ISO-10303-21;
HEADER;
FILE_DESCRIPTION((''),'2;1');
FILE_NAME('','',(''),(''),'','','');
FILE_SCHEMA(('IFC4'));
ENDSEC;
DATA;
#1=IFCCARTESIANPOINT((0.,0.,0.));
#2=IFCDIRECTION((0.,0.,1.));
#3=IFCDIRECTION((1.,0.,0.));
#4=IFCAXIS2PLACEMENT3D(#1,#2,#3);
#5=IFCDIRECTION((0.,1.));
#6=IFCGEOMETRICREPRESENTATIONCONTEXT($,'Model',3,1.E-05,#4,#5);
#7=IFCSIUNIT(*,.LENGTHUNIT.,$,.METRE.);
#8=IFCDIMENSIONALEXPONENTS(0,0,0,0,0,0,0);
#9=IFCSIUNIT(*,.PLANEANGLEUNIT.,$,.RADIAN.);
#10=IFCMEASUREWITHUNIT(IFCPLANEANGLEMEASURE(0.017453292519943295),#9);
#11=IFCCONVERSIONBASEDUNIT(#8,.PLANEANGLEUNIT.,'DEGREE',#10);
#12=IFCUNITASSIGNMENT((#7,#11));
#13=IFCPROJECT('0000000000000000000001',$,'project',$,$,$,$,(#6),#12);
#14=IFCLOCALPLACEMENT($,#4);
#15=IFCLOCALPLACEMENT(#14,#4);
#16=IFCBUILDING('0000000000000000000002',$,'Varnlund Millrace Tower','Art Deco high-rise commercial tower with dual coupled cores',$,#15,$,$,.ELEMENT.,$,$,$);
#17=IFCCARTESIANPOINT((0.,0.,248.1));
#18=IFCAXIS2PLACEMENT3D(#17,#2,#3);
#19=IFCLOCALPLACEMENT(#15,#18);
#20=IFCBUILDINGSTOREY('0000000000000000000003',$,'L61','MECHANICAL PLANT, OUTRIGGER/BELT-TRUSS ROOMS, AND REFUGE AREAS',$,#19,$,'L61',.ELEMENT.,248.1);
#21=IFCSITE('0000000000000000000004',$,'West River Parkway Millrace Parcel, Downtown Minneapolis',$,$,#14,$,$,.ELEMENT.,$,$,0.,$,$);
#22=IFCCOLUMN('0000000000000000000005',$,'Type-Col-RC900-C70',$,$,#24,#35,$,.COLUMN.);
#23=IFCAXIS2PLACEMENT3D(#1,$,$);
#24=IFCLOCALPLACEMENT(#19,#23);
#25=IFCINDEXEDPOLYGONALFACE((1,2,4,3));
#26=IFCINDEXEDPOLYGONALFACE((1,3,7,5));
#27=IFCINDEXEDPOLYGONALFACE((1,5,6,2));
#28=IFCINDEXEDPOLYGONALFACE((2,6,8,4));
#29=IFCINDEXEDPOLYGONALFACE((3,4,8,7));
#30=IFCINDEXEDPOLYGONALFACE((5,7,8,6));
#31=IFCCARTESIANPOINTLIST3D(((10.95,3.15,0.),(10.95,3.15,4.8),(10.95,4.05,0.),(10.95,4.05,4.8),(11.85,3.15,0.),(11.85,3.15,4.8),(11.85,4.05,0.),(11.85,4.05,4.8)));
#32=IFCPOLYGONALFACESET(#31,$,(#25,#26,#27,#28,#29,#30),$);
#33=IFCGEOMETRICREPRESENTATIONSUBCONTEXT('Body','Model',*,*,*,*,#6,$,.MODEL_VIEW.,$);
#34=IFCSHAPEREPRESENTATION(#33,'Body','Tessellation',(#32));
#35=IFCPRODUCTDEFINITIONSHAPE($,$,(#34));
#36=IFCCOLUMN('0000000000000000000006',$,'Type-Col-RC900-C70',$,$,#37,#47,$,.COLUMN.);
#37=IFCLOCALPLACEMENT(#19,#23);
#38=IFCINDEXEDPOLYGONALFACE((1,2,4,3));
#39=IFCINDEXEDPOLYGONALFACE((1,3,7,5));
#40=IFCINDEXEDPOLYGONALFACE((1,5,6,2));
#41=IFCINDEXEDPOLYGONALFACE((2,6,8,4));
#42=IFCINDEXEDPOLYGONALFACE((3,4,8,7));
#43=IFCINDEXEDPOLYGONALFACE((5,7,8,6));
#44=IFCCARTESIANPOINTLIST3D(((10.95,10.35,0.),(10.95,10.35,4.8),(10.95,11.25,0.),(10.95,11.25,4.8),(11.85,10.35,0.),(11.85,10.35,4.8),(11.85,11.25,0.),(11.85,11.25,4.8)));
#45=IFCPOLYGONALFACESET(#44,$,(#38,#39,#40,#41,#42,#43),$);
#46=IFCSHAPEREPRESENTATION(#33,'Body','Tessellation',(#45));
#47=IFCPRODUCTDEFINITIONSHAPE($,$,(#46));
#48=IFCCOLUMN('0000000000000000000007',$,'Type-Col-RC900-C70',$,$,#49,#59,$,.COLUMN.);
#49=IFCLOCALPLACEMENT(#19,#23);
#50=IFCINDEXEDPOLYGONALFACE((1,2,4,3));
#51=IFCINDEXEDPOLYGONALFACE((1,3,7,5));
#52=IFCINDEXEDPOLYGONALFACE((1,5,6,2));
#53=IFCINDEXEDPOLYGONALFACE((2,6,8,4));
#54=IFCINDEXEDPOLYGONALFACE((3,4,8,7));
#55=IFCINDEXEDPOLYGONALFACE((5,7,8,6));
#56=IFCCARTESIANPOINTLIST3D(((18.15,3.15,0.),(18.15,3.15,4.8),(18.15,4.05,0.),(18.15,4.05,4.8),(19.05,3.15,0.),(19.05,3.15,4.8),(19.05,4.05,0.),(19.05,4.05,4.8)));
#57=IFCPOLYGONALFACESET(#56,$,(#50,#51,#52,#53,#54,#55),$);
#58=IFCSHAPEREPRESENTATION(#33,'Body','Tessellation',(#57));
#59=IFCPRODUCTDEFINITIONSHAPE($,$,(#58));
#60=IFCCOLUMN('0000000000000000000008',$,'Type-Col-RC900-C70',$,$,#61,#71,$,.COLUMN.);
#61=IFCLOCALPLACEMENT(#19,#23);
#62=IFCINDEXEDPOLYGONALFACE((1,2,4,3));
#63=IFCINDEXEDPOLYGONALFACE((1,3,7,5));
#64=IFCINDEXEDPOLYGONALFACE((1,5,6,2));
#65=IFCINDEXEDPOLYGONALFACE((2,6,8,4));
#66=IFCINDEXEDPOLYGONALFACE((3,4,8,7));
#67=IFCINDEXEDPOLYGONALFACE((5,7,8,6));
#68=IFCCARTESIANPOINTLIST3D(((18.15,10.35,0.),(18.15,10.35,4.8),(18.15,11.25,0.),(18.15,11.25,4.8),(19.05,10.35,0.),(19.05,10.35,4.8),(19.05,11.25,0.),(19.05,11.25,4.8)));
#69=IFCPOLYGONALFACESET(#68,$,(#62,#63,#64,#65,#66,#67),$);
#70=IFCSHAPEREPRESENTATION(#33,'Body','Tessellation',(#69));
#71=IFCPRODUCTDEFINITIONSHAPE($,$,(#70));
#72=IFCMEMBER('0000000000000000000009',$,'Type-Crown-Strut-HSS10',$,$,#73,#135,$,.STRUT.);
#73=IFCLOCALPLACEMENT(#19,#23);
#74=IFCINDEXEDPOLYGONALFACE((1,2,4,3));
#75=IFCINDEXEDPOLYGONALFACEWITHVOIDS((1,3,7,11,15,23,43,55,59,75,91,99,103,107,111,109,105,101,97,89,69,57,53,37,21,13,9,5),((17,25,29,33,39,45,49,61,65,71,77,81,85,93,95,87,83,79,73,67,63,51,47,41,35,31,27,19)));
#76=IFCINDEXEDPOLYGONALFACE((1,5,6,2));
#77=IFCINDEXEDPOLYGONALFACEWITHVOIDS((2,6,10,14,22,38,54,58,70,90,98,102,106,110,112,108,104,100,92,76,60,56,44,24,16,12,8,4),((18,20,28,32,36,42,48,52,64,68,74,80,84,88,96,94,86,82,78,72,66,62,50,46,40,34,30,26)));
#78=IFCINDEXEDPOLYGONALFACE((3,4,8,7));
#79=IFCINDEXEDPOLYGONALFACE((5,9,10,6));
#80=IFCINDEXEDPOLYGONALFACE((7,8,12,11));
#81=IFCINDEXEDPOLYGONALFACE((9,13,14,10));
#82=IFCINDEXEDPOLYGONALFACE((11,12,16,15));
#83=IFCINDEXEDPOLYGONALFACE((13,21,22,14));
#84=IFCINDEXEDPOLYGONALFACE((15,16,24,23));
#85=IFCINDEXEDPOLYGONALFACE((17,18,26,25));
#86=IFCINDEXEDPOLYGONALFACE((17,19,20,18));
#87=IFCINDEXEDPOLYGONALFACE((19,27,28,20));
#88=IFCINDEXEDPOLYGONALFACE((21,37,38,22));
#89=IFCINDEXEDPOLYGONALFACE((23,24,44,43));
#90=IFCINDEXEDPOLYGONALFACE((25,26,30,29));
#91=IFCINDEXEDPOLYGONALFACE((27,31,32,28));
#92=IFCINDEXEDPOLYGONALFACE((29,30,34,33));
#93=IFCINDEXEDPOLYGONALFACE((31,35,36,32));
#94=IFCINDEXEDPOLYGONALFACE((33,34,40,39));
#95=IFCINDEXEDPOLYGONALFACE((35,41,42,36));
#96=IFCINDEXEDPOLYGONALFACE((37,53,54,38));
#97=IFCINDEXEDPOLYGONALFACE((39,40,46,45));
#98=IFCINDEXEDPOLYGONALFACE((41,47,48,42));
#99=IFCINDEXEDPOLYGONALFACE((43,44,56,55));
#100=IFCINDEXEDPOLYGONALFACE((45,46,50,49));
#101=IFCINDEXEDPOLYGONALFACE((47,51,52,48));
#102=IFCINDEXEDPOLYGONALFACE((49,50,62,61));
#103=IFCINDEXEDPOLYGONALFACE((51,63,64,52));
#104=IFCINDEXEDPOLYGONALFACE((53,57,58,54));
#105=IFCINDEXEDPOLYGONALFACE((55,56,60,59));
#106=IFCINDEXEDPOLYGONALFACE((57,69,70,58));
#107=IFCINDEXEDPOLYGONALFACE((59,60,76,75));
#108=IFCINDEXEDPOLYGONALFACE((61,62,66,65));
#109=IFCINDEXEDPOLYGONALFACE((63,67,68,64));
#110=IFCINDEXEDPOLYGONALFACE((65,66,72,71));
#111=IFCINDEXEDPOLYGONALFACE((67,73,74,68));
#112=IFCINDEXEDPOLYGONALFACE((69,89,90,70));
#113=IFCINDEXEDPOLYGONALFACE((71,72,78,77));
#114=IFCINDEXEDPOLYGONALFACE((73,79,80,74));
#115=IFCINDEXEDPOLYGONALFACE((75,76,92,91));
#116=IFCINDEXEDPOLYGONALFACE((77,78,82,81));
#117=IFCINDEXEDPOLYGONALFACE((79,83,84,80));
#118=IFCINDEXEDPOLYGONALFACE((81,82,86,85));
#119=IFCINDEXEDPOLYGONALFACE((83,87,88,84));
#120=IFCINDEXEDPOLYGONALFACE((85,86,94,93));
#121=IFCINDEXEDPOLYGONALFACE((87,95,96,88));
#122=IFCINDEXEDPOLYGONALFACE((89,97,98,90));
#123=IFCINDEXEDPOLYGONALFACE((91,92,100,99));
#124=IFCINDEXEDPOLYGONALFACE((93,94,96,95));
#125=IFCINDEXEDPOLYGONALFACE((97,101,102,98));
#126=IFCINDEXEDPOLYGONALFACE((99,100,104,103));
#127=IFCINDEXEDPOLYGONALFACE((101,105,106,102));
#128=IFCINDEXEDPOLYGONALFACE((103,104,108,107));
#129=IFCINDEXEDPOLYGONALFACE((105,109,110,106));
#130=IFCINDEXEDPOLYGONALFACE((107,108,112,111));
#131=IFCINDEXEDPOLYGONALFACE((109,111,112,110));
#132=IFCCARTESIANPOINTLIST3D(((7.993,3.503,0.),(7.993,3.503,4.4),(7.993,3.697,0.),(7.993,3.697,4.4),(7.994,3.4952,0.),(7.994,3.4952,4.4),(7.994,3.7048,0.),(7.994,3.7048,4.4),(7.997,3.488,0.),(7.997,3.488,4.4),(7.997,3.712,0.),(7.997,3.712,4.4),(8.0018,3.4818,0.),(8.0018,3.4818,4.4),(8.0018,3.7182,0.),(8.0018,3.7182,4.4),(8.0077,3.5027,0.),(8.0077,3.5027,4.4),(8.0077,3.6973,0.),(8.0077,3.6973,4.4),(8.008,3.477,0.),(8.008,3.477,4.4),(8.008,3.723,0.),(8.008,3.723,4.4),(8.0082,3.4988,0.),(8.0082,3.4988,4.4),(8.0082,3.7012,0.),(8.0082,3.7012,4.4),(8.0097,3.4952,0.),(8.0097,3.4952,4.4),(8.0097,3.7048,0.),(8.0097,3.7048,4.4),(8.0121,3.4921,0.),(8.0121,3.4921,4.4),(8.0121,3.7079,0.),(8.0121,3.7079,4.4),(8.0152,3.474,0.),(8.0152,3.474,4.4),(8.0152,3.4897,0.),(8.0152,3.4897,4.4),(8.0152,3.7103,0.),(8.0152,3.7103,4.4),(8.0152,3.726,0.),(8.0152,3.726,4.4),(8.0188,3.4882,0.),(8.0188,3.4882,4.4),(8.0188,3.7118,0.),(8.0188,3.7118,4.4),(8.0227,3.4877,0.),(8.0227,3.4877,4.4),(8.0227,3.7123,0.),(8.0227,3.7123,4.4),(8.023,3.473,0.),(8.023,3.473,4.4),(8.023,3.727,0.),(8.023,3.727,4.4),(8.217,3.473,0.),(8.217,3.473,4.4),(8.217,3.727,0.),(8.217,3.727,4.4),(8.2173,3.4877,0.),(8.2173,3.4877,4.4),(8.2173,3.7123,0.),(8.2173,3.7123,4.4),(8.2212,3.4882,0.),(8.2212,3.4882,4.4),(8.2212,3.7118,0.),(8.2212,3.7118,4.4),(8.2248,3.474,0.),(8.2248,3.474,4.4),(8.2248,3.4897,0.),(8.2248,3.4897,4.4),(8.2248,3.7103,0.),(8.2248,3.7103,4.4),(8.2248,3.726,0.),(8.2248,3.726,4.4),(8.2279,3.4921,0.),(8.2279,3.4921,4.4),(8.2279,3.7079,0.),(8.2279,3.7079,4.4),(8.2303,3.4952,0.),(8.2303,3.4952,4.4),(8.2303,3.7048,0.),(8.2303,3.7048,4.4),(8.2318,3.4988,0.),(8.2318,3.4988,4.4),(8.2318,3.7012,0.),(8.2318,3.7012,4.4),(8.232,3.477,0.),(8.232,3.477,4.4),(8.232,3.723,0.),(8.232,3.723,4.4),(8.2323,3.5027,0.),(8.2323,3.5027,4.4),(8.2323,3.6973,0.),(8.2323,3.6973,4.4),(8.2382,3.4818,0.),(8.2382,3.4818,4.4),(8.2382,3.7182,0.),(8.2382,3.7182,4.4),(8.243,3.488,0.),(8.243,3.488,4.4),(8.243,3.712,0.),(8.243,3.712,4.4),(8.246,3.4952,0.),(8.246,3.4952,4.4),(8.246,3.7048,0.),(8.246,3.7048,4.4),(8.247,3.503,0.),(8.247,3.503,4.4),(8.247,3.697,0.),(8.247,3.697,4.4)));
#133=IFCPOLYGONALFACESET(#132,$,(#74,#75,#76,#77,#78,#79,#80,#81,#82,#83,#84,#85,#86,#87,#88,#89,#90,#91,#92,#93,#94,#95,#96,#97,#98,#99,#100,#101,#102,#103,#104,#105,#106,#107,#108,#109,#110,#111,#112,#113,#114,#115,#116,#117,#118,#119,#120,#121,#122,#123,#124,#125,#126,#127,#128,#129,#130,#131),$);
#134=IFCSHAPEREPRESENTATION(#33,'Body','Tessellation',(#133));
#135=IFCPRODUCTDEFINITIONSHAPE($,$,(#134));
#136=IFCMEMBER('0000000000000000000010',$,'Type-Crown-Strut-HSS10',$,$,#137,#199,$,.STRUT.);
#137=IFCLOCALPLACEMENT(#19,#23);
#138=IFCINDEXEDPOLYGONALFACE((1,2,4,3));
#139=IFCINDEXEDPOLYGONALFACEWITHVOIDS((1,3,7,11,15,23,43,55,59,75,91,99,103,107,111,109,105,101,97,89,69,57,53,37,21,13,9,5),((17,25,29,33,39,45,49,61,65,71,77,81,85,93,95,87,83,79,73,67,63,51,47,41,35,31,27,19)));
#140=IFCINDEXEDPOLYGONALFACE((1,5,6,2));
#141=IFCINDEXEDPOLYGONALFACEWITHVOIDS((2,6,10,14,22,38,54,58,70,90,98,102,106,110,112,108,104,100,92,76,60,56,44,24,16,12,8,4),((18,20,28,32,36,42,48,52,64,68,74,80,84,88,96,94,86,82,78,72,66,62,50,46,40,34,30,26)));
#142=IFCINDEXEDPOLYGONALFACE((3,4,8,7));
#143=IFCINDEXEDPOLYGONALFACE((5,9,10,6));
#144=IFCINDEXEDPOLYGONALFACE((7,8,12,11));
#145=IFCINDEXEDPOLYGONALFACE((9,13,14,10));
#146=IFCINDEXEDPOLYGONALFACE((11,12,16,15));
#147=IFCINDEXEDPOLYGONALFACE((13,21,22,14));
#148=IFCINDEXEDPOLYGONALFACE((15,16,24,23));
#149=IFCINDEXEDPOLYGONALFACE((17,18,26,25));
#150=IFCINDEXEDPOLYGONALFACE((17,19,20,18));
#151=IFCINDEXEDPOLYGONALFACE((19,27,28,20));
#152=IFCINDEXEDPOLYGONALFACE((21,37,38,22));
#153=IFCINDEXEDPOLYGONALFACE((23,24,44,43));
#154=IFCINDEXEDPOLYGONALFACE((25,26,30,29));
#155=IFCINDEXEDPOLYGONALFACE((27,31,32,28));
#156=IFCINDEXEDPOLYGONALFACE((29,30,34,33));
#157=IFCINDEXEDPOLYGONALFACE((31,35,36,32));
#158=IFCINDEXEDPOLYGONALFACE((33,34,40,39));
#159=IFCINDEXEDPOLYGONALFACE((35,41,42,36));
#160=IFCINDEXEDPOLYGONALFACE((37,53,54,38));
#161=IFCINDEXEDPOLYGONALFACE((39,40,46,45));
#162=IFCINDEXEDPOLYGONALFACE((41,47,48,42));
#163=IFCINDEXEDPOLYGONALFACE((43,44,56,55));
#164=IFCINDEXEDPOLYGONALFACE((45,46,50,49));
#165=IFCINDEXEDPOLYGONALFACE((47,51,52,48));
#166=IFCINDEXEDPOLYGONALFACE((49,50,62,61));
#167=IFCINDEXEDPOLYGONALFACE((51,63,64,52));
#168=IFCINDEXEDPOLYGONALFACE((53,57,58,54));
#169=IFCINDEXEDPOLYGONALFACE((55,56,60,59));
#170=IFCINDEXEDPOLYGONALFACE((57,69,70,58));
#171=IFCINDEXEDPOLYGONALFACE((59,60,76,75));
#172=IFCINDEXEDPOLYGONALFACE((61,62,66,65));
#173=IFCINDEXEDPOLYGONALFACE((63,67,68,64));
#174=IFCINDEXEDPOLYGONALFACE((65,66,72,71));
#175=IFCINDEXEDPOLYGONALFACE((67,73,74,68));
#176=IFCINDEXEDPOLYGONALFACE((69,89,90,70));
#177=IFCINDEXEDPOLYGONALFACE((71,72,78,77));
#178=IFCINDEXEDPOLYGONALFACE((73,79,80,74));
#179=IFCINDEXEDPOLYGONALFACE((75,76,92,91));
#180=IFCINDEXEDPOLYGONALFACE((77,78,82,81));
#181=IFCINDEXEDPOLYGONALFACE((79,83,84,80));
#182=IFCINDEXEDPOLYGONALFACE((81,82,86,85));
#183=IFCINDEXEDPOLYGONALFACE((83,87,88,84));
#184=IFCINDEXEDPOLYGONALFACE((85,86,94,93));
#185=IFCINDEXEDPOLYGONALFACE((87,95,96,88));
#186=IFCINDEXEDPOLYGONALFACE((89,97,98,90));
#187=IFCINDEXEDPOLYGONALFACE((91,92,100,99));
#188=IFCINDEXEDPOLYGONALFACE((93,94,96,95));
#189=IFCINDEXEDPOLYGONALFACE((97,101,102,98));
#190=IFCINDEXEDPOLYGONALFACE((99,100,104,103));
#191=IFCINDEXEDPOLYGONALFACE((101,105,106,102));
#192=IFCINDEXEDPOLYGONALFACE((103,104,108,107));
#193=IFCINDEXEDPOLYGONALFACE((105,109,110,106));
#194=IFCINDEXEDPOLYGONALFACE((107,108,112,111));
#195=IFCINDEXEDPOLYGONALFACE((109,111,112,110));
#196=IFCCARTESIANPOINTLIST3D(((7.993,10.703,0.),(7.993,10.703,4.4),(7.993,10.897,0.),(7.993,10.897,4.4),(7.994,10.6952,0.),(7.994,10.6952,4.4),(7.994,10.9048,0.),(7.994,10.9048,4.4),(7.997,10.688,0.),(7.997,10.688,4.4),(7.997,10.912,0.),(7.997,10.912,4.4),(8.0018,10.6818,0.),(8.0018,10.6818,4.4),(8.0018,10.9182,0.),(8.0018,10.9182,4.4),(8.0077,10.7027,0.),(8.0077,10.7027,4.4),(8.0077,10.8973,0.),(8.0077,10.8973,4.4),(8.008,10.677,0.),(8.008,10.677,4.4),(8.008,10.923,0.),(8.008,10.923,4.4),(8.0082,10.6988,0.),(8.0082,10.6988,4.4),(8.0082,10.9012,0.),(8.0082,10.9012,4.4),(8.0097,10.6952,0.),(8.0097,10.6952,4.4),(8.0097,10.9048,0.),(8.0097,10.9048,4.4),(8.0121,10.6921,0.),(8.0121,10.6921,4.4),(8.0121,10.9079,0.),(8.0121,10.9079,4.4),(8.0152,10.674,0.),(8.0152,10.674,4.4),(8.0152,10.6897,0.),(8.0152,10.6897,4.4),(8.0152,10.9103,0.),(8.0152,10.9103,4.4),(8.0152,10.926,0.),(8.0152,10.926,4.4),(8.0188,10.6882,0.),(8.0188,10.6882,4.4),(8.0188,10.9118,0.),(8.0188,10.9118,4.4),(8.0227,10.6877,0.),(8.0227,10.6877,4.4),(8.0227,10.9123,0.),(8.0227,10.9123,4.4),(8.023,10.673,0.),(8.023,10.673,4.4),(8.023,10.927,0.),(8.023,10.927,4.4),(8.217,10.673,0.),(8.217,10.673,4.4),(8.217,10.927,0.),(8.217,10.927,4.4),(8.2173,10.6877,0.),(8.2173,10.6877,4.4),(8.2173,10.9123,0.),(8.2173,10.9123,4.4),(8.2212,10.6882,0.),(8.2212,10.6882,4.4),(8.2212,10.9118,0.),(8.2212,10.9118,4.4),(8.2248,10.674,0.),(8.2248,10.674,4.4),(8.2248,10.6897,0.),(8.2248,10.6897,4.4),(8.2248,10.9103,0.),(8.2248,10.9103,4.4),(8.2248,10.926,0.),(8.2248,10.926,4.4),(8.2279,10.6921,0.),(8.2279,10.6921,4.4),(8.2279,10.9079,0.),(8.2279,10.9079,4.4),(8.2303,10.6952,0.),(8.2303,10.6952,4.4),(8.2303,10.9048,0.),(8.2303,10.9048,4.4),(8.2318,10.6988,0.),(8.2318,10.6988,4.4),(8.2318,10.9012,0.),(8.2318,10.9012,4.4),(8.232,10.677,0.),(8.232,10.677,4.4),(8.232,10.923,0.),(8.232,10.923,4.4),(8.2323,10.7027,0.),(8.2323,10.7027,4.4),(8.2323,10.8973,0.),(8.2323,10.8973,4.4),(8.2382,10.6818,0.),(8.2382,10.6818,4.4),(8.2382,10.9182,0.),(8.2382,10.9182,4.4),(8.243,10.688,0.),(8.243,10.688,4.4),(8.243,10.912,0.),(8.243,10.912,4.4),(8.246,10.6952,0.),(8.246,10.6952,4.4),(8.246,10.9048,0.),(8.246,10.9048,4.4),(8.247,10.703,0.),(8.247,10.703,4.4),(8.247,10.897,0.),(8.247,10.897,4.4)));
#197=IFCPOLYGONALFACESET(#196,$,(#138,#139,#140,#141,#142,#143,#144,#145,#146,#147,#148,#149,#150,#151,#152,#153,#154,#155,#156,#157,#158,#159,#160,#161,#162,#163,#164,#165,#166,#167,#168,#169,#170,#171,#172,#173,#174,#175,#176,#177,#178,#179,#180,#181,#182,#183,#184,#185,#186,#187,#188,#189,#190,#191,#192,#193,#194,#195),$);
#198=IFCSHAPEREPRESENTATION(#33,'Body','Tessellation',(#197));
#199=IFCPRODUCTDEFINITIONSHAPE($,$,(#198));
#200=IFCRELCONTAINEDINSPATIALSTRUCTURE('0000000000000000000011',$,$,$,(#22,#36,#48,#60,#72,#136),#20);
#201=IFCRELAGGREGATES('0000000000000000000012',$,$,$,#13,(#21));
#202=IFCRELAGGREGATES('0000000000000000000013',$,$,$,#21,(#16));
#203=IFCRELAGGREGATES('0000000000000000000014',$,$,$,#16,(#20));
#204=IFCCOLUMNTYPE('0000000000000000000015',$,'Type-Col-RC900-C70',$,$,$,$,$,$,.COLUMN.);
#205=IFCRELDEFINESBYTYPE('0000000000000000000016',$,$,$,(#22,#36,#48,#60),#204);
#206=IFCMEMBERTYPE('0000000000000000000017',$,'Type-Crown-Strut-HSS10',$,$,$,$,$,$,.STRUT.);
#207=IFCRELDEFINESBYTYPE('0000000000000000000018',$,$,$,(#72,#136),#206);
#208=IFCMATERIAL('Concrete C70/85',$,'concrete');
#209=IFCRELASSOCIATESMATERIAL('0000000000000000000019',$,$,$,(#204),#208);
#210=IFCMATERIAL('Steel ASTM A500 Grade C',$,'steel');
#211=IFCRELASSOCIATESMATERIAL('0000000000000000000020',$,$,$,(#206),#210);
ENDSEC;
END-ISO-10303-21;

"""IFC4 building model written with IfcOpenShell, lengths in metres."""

from ifc_helpers import new_model, entity, si_unit, converted_unit, direction, frame, origin_with_axes, origin_2d_with_axis, place, context, subcontext, project, spatial, rectangle, hollow_rectangle, extrude, material, material_profile, profile_set, type_object, element, save


model = new_model("IFC4")

# Units and contexts
model_context = context("Model", 3, precision=1e-05, world=origin_with_axes(), true_north=direction((0.0, 1.0)))
body_context = subcontext(model_context, "Body", "Model", "MODEL_VIEW")
ifc_project = project(units=[si_unit("LENGTHUNIT", "METRE"), converted_unit("PLANEANGLEUNIT", "DEGREE", entity("IfcPlaneAngleMeasure", 0.017453292519943295), si_unit("PLANEANGLEUNIT", "RADIAN"), dimensions=[0, 0, 0, 0, 0, 0, 0])], contexts=[model_context])

# Site, building, storey
site_placement = place(None, origin_with_axes())
site = spatial("IfcSite", under=ifc_project, at=site_placement, Name="West River Parkway Millrace Parcel, Downtown Minneapolis", CompositionType="ELEMENT", RefElevation=0.0)
building_placement = place(site_placement, origin_with_axes())
building = spatial("IfcBuilding", under=site, at=building_placement, Name="Varnlund Millrace Tower", Description="Art Deco high-rise commercial tower with dual coupled cores", CompositionType="ELEMENT")
storey_placement = place(building_placement, frame((0.0, 0.0, 248.1), z_axis=(0.0, 0.0, 1.0), x_axis=(1.0, 0.0, 0.0)))
storey = spatial("IfcBuildingStorey", under=building, at=storey_placement, Name="L61", Description="MECHANICAL PLANT, OUTRIGGER/BELT-TRUSS ROOMS, AND REFUGE AREAS", LongName="L61", CompositionType="ELEMENT", Elevation=248.1)

# Columns
ifc_material_1 = material(Name="Concrete C70/85", Category="concrete")
ifc_material_profile_1 = material_profile(ifc_material_1, rectangle(XDim=0.9, YDim=0.9, at=origin_2d_with_axis()), Name="Concrete C70/85")
ifc_profile_set_1 = profile_set([ifc_material_profile_1], Name="Concrete C70/85")
column_type = type_object("IfcColumnType", Name="Type-Col-RC900-C70", PredefinedType="COLUMN", material=ifc_profile_set_1)
for number, where, z_axis, x_axis, name in (
    (1, (11.4, 3.6, 0.0), (0.0, 0.0, 1.0), (1.0, 0.0, 0.0), "Type-Col-RC900-C70"),
    (2, (11.4, 10.8, 0.0), (0.0, 0.0, 1.0), (1.0, 0.0, 0.0), "Type-Col-RC900-C70"),
    (3, (18.6, 3.6, 0.0), (0.0, 0.0, 1.0), (1.0, 0.0, 0.0), "Type-Col-RC900-C70"),
    (4, (18.6, 10.8, 0.0), (0.0, 0.0, 1.0), (1.0, 0.0, 0.0), "Type-Col-RC900-C70"),
):
    element("IfcColumn", number, at=place(storey_placement, frame(where, z_axis=z_axis, x_axis=x_axis)), inside=storey, type_object=column_type, Name=name, PredefinedType="COLUMN", context=body_context, shape_type="SweptSolid", body=[
        extrude(rectangle(XDim=0.9, YDim=0.9, at=origin_2d_with_axis()), origin_with_axes(), (0.0, 0.0, 1.0), 4.8),
    ])

# Members
ifc_material_2 = material(Name="Steel ASTM A500 Grade C", Category="steel")
ifc_material_profile_2 = material_profile(ifc_material_2, hollow_rectangle(XDim=0.254, YDim=0.254, WallThickness=0.0147, InnerFilletRadius=0.015, OuterFilletRadius=0.03, at=origin_2d_with_axis()), Name="Steel ASTM A500 Grade C")
ifc_profile_set_2 = profile_set([ifc_material_profile_2], Name="Steel ASTM A500 Grade C")
member_type = type_object("IfcMemberType", Name="Type-Crown-Strut-HSS10", PredefinedType="STRUT", material=ifc_profile_set_2)
for number, where, z_axis, x_axis, name in (
    (5, (8.12, 3.6, 0.0), (0.0, 0.0, 1.0), (1.0, 0.0, 0.0), "Type-Crown-Strut-HSS10"),
    (6, (8.12, 10.8, 0.0), (0.0, 0.0, 1.0), (1.0, 0.0, 0.0), "Type-Crown-Strut-HSS10"),
):
    element("IfcMember", number, at=place(storey_placement, frame(where, z_axis=z_axis, x_axis=x_axis)), inside=storey, type_object=member_type, Name=name, PredefinedType="STRUT", context=body_context, shape_type="SweptSolid", body=[
        extrude(hollow_rectangle(XDim=0.254, YDim=0.254, WallThickness=0.0147, InnerFilletRadius=0.015, OuterFilletRadius=0.03, at=origin_2d_with_axis()), origin_with_axes(), (0.0, 0.0, 1.0), 4.4),
    ])

save(model, "model.ifc")
